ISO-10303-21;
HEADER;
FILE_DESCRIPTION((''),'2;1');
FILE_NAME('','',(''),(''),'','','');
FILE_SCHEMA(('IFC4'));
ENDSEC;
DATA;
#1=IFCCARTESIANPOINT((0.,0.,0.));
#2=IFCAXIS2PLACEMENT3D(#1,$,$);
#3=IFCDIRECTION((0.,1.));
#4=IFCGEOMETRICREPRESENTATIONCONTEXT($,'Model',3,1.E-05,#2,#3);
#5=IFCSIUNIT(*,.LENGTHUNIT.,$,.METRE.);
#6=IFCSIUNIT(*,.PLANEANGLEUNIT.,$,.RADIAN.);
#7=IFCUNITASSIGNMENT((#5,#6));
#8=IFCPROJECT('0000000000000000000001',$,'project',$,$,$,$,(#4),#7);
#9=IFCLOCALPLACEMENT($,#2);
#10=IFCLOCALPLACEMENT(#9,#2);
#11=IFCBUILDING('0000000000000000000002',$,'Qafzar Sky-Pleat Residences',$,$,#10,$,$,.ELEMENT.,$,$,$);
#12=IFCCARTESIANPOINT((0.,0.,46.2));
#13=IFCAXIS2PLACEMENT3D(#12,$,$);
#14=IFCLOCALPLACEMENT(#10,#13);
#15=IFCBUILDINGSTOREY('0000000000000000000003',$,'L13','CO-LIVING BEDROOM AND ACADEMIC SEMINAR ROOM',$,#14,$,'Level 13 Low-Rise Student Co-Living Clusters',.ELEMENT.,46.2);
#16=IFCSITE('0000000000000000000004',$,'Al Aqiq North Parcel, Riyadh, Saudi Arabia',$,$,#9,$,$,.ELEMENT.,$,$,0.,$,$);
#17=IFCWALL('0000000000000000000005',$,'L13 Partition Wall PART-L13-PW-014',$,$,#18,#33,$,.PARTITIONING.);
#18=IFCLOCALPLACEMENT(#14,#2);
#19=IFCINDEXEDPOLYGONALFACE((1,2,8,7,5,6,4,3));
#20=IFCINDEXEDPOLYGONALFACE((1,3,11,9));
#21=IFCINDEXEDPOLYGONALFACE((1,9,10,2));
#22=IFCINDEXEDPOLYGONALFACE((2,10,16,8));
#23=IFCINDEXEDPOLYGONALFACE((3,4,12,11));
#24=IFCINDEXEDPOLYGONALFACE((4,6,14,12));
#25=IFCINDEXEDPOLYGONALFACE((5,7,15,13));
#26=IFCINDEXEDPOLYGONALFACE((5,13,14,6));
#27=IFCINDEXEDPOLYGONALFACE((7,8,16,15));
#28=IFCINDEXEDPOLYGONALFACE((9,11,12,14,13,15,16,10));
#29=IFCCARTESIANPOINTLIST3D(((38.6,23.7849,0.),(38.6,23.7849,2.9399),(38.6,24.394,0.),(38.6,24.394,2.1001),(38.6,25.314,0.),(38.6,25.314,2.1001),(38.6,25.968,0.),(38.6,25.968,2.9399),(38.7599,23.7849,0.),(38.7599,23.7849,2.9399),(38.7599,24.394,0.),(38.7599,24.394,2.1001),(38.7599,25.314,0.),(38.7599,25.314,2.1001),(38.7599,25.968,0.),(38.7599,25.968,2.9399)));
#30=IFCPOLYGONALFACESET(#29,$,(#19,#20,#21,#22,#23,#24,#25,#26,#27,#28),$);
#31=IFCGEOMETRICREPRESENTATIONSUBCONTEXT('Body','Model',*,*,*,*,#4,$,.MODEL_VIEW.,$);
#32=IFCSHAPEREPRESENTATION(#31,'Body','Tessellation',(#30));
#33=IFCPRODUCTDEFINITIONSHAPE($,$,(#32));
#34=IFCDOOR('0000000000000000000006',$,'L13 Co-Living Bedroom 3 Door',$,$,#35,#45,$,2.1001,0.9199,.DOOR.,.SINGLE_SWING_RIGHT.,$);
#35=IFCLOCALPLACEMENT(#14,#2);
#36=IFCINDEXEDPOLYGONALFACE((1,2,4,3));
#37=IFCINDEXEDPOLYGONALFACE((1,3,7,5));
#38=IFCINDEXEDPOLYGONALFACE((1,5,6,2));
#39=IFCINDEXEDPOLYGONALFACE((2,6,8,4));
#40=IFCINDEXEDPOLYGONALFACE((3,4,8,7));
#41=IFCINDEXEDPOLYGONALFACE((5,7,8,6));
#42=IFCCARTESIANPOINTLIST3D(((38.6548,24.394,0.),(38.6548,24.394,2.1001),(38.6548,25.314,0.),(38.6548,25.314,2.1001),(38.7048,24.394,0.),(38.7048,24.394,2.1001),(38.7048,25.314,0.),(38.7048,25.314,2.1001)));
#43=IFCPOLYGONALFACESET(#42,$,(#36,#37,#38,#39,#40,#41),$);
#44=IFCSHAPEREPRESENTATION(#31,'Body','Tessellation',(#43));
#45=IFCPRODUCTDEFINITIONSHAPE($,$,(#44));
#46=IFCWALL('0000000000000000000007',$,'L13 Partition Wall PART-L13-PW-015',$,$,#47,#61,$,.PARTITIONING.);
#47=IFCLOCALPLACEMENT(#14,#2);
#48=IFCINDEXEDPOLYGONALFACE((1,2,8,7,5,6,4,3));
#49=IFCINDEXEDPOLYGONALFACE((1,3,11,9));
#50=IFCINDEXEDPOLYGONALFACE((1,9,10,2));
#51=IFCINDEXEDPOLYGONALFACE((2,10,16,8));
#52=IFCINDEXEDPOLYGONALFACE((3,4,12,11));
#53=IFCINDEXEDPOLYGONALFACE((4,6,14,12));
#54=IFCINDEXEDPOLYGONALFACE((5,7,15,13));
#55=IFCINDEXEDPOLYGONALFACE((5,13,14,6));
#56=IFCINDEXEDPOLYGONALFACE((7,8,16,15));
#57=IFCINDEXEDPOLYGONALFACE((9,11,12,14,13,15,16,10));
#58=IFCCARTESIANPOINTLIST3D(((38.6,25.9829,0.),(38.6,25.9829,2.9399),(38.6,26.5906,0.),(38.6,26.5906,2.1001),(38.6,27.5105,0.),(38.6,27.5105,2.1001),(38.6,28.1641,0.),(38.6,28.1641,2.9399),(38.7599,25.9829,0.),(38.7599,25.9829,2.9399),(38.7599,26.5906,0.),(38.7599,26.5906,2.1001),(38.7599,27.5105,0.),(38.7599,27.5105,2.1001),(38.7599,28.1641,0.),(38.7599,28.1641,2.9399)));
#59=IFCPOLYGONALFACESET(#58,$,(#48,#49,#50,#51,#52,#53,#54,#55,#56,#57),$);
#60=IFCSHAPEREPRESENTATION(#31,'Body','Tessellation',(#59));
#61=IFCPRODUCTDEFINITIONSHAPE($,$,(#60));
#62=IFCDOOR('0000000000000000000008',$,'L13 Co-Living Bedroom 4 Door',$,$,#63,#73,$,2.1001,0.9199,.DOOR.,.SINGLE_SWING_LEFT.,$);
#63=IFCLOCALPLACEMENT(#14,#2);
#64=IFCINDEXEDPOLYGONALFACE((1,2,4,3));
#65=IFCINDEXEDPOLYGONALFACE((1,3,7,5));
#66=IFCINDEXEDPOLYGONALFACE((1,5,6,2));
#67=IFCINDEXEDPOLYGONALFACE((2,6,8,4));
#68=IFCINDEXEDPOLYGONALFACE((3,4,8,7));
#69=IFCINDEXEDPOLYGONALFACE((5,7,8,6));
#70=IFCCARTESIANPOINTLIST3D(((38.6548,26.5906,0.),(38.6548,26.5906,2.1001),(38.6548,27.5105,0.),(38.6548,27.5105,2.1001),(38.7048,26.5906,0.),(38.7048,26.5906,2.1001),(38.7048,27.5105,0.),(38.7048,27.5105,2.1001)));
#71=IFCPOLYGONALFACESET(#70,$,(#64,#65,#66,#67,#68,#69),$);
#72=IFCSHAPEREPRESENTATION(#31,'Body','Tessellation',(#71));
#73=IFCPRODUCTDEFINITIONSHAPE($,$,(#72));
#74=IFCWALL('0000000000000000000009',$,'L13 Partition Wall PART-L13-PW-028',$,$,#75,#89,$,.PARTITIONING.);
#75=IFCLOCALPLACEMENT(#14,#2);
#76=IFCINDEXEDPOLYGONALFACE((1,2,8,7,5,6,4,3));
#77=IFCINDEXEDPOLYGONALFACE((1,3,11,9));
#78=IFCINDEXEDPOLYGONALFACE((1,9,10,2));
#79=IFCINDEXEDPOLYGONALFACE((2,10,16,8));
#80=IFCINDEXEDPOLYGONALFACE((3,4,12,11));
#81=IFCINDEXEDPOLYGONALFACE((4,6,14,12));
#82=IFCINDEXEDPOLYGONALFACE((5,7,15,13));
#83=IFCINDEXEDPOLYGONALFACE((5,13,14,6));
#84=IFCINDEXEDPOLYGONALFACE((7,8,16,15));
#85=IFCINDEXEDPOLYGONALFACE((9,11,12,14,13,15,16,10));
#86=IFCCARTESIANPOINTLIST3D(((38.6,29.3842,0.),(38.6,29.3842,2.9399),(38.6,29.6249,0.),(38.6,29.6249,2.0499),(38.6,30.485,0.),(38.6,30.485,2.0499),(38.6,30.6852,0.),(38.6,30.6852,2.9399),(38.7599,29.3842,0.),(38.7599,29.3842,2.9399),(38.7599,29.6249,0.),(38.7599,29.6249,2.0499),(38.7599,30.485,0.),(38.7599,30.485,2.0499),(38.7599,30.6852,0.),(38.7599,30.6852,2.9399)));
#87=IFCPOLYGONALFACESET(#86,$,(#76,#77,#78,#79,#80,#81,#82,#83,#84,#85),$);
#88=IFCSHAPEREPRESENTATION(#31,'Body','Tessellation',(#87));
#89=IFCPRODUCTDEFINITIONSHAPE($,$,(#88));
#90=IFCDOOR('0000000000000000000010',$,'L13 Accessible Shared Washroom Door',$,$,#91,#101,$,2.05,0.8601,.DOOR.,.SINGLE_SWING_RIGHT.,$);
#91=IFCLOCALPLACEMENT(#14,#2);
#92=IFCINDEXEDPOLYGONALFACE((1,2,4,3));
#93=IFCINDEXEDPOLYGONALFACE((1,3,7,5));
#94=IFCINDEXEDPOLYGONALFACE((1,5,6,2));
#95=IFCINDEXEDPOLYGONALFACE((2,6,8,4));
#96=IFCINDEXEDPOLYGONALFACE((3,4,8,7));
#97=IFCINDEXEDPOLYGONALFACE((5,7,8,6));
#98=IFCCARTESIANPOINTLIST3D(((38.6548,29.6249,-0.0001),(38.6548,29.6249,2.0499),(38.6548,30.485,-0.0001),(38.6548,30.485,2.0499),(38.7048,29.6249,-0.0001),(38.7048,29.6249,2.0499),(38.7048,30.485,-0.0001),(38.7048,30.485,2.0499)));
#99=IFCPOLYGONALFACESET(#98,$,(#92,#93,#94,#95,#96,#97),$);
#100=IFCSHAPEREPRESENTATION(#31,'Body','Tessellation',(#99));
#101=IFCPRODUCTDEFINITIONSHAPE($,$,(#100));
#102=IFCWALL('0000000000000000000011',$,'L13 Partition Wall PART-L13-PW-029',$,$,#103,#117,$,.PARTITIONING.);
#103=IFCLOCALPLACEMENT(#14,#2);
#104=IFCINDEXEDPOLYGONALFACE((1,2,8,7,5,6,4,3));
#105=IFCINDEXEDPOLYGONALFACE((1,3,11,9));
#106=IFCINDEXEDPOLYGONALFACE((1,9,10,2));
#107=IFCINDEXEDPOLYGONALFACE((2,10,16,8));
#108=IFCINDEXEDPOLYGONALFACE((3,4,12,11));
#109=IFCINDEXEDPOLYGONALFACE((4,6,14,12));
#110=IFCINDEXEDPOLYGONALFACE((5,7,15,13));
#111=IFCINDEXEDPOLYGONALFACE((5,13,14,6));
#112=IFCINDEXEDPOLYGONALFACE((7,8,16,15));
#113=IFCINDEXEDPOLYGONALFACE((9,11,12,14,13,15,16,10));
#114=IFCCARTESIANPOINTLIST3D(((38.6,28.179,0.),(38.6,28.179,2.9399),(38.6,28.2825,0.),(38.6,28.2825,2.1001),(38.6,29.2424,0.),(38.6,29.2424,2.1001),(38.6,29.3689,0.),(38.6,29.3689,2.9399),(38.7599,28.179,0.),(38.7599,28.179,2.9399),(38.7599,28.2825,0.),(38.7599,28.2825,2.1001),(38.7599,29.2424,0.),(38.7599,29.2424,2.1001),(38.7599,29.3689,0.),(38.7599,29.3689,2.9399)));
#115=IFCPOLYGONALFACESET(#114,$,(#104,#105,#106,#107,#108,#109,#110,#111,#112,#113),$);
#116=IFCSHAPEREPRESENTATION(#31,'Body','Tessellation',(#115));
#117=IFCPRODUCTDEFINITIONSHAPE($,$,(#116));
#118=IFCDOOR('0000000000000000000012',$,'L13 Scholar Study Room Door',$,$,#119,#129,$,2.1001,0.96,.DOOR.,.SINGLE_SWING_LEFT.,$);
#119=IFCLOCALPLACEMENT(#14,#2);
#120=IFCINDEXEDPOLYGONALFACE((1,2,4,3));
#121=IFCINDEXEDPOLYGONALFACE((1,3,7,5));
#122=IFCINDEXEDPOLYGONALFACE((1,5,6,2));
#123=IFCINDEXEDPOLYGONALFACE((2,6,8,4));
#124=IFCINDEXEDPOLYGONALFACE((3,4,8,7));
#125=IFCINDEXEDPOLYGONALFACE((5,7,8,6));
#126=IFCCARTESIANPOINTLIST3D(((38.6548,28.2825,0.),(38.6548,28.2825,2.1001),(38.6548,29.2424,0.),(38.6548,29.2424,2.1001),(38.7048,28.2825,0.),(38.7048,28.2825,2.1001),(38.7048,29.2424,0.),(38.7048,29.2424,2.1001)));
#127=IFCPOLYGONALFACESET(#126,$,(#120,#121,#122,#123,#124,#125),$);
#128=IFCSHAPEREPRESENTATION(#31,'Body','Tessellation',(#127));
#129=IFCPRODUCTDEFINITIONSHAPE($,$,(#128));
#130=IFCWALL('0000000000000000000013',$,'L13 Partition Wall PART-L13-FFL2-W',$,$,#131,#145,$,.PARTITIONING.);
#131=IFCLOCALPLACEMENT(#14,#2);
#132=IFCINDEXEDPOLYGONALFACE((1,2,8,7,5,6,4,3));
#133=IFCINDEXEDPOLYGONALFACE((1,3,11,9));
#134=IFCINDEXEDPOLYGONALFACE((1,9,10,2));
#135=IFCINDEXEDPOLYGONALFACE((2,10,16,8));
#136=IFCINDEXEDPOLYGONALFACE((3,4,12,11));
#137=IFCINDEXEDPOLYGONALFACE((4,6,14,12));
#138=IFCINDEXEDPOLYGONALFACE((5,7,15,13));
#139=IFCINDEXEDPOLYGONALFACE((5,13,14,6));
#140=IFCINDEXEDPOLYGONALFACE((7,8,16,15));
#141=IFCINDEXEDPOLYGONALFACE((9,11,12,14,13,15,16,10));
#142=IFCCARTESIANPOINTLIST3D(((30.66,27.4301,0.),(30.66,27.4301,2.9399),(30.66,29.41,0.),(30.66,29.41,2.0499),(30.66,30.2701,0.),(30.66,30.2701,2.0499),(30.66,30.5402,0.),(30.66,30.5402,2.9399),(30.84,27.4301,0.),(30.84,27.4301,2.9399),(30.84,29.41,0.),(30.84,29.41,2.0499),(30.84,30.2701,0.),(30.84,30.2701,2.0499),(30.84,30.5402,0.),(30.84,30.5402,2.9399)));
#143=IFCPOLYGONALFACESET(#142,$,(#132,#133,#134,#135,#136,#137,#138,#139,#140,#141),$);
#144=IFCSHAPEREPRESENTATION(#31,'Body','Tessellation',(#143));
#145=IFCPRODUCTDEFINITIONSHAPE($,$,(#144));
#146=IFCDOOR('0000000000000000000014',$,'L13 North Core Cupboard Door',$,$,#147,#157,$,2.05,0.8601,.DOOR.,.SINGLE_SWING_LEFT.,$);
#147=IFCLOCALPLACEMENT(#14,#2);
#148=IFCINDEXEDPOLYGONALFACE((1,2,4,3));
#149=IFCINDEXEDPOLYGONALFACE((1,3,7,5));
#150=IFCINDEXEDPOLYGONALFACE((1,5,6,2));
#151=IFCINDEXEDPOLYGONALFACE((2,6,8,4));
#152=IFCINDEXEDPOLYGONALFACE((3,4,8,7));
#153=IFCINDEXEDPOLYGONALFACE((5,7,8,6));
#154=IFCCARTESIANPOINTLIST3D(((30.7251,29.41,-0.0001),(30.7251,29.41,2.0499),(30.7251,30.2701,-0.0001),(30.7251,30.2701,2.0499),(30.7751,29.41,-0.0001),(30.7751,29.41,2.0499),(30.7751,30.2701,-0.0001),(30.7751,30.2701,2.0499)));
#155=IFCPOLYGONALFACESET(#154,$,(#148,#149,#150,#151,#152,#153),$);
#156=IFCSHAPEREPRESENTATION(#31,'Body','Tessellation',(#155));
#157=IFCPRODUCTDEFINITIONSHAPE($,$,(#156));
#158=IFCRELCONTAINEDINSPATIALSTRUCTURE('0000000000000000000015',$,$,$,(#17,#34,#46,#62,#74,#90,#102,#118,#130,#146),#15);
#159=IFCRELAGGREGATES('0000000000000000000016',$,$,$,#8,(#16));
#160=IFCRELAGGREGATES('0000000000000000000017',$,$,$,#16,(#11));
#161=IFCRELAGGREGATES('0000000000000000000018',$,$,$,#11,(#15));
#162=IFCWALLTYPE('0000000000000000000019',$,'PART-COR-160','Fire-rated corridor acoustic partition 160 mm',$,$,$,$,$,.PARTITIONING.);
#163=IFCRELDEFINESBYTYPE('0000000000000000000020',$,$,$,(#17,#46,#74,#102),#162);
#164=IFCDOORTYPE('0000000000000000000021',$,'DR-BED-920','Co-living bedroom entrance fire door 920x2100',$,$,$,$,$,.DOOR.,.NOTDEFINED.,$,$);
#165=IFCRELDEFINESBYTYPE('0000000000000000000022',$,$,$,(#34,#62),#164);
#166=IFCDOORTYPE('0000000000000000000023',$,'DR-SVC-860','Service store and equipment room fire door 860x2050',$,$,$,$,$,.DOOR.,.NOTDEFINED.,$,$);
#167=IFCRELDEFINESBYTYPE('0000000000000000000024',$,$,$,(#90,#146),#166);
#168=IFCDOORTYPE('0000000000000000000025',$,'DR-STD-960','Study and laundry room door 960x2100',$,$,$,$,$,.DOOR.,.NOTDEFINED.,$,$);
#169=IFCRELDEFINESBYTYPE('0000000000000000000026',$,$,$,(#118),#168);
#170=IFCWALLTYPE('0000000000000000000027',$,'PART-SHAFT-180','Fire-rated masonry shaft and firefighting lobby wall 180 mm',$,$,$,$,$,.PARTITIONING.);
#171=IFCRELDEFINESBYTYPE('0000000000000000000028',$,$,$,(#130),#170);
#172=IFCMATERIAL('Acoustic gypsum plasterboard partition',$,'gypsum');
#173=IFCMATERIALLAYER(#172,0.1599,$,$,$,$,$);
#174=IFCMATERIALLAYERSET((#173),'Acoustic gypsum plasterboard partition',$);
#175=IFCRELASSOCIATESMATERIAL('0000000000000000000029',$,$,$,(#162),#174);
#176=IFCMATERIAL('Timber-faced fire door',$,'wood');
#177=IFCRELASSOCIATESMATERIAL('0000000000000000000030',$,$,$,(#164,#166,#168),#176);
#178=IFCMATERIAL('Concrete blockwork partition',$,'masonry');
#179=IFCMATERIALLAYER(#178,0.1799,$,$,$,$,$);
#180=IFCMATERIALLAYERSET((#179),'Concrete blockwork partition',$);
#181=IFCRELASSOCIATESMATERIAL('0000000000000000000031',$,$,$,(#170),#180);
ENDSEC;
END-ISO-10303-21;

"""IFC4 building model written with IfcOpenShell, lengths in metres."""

from ifc_helpers import new_model, si_unit, direction, frame, frame_2d, origin, place, context, subcontext, project, spatial, rectangle, extrude, source, transform, mapped, material, layer, layer_set, type_object, element, fill, save


model = new_model("IFC4")

# Units and contexts
model_context = context("Model", 3, precision=1e-05, world=origin(), true_north=direction((0.0, 1.0)))
body_context = subcontext(model_context, "Body", "Model", "MODEL_VIEW")
ifc_project = project(units=[si_unit("LENGTHUNIT", "METRE"), si_unit("PLANEANGLEUNIT", "RADIAN")], contexts=[model_context])

# Site, building, storey
site_placement = place(None, origin())
site = spatial("IfcSite", under=ifc_project, at=site_placement, Name="Al Aqiq North Parcel, Riyadh, Saudi Arabia", CompositionType="ELEMENT", RefElevation=0.0)
building_placement = place(site_placement, origin())
building = spatial("IfcBuilding", under=site, at=building_placement, Name="Qafzar Sky-Pleat Residences", CompositionType="ELEMENT")
storey_placement = place(building_placement, frame((0.0, 0.0, 46.2)))
storey = spatial("IfcBuildingStorey", under=building, at=storey_placement, Name="L13", Description="CO-LIVING BEDROOM AND ACADEMIC SEMINAR ROOM", LongName="Level 13 Low-Rise Student Co-Living Clusters", CompositionType="ELEMENT", Elevation=46.2)

# Walls, openings, doors
ifc_material_1 = material(Name="Acoustic gypsum plasterboard partition", Category="gypsum")
ifc_layer_1 = layer(ifc_material_1, 0.1599)
ifc_layer_set_1 = layer_set([ifc_layer_1], Name="Acoustic gypsum plasterboard partition")
wall_type_1 = type_object("IfcWallType", Name="PART-COR-160", Description="Fire-rated corridor acoustic partition 160 mm", PredefinedType="PARTITIONING", material=ifc_layer_set_1)
wall_1_placement = place(storey_placement, frame((38.6799, 25.968, 0.0), z_axis=(0.0, 0.0, 1.0), x_axis=(0.0, -1.0, 0.0)))
wall_1 = element("IfcWall", 1, at=wall_1_placement, inside=storey, type_object=wall_type_1, Name="L13 Partition Wall PART-L13-PW-014", PredefinedType="PARTITIONING", context=body_context, shape_type="SweptSolid", body=[
    extrude(rectangle(XDim=2.1831, YDim=0.1599, at=frame_2d((1.0916, 0.0))), origin(), (0.0, 0.0, 1.0), 2.9399),
])
opening_1_placement = place(wall_1_placement, frame((0.6541, 0.0, 0.0)))
opening_1 = element("IfcOpeningElement", 2, at=opening_1_placement, cuts=wall_1, PredefinedType="OPENING", context=body_context, shape_type="SweptSolid", body=[
    extrude(rectangle(XDim=0.9199, YDim=2.1001, at=frame_2d((0.46, 1.05))), frame((0.0, 0.0898, 0.0), z_axis=(0.0, -1.0, 0.0), x_axis=(1.0, 0.0, 0.0)), (0.0, 0.0, 1.0), 0.1799),
])
ifc_material_2 = material(Name="Timber-faced fire door", Category="wood")
door_type_1 = type_object("IfcDoorType", Name="DR-BED-920", Description="Co-living bedroom entrance fire door 920x2100", OperationType="NOTDEFINED", PredefinedType="DOOR", material=ifc_material_2)
shared_shape_1 = source(origin(), body_context, "Body", "SweptSolid", [
    extrude(rectangle(XDim=0.9199, YDim=2.1001, at=frame_2d((0.46, 1.05))), frame((0.0, 0.0249, 0.0), z_axis=(0.0, -1.0, 0.0), x_axis=(1.0, 0.0, 0.0)), (0.0, 0.0, 1.0), 0.05),
])
door_1_placement = place(opening_1_placement, origin())
door_1 = element("IfcDoor", 3, at=door_1_placement, inside=storey, type_object=door_type_1, Name="L13 Co-Living Bedroom 3 Door", OperationType="SINGLE_SWING_RIGHT", OverallHeight=2.1001, OverallWidth=0.9199, PredefinedType="DOOR", context=body_context, shape_type="MappedRepresentation", body=[
    mapped(shared_shape_1, transform((0.0, 0.0, 0.0), x_axis=(1.0, 0.0, 0.0), y_axis=(0.0, 1.0, 0.0), z_axis=(0.0, 0.0, 1.0), scale=1.0)),
])
fill(opening_1, door_1)
wall_2_placement = place(storey_placement, frame((38.6799, 28.1641, 0.0), z_axis=(0.0, 0.0, 1.0), x_axis=(0.0, -1.0, 0.0)))
wall_2 = element("IfcWall", 4, at=wall_2_placement, inside=storey, type_object=wall_type_1, Name="L13 Partition Wall PART-L13-PW-015", PredefinedType="PARTITIONING", context=body_context, shape_type="SweptSolid", body=[
    extrude(rectangle(XDim=2.1812, YDim=0.1599, at=frame_2d((1.0906, 0.0))), origin(), (0.0, 0.0, 1.0), 2.9399),
])
opening_2_placement = place(wall_2_placement, frame((0.6536, 0.0, 0.0)))
opening_2 = element("IfcOpeningElement", 5, at=opening_2_placement, cuts=wall_2, PredefinedType="OPENING", context=body_context, shape_type="SweptSolid", body=[
    extrude(rectangle(XDim=0.9199, YDim=2.1001, at=frame_2d((0.46, 1.05))), frame((0.0, 0.0898, 0.0), z_axis=(0.0, -1.0, 0.0), x_axis=(1.0, 0.0, 0.0)), (0.0, 0.0, 1.0), 0.1799),
])
door_2_placement = place(opening_2_placement, origin())
door_2 = element("IfcDoor", 6, at=door_2_placement, inside=storey, type_object=door_type_1, Name="L13 Co-Living Bedroom 4 Door", OperationType="SINGLE_SWING_LEFT", OverallHeight=2.1001, OverallWidth=0.9199, PredefinedType="DOOR", context=body_context, shape_type="MappedRepresentation", body=[
    mapped(shared_shape_1, transform((0.0, 0.0, 0.0), x_axis=(1.0, 0.0, 0.0), y_axis=(0.0, 1.0, 0.0), z_axis=(0.0, 0.0, 1.0), scale=1.0)),
])
fill(opening_2, door_2)
wall_3_placement = place(storey_placement, frame((38.6799, 30.6851, 0.0), z_axis=(0.0, 0.0, 1.0), x_axis=(0.0, -1.0, 0.0)))
wall_3 = element("IfcWall", 7, at=wall_3_placement, inside=storey, type_object=wall_type_1, Name="L13 Partition Wall PART-L13-PW-028", PredefinedType="PARTITIONING", context=body_context, shape_type="SweptSolid", body=[
    extrude(rectangle(XDim=1.301, YDim=0.1599, at=frame_2d((0.6504, 0.0))), origin(), (0.0, 0.0, 1.0), 2.9399),
])
opening_3_placement = place(wall_3_placement, frame((0.2, 0.0, 0.0)))
opening_3 = element("IfcOpeningElement", 8, at=opening_3_placement, cuts=wall_3, PredefinedType="OPENING", context=body_context, shape_type="SweptSolid", body=[
    extrude(rectangle(XDim=0.8601, YDim=2.05, at=frame_2d((0.4302, 1.0249))), frame((0.0, 0.0898, 0.0), z_axis=(0.0, -1.0, 0.0), x_axis=(1.0, 0.0, 0.0)), (0.0, 0.0, 1.0), 0.1799),
])
door_type_2 = type_object("IfcDoorType", Name="DR-SVC-860", Description="Service store and equipment room fire door 860x2050", OperationType="NOTDEFINED", PredefinedType="DOOR", material=ifc_material_2)
shared_shape_2 = source(origin(), body_context, "Body", "SweptSolid", [
    extrude(rectangle(XDim=0.8601, YDim=2.05, at=frame_2d((0.4302, 1.0249))), frame((0.0, 0.0249, 0.0), z_axis=(0.0, -1.0, 0.0), x_axis=(1.0, 0.0, 0.0)), (0.0, 0.0, 1.0), 0.05),
])
door_3_placement = place(opening_3_placement, origin())
door_3 = element("IfcDoor", 9, at=door_3_placement, inside=storey, type_object=door_type_2, Name="L13 Accessible Shared Washroom Door", OperationType="SINGLE_SWING_RIGHT", OverallHeight=2.05, OverallWidth=0.8601, PredefinedType="DOOR", context=body_context, shape_type="MappedRepresentation", body=[
    mapped(shared_shape_2, transform((0.0, 0.0, 0.0), x_axis=(1.0, 0.0, 0.0), y_axis=(0.0, 1.0, 0.0), z_axis=(0.0, 0.0, 1.0), scale=1.0)),
])
fill(opening_3, door_3)
wall_4_placement = place(storey_placement, frame((38.6799, 29.3689, 0.0), z_axis=(0.0, 0.0, 1.0), x_axis=(0.0, -1.0, 0.0)))
wall_4 = element("IfcWall", 10, at=wall_4_placement, inside=storey, type_object=wall_type_1, Name="L13 Partition Wall PART-L13-PW-029", PredefinedType="PARTITIONING", context=body_context, shape_type="SweptSolid", body=[
    extrude(rectangle(XDim=1.1899, YDim=0.1599, at=frame_2d((0.595, 0.0))), origin(), (0.0, 0.0, 1.0), 2.9399),
])
opening_4_placement = place(wall_4_placement, frame((0.1265, 0.0, 0.0)))
opening_4 = element("IfcOpeningElement", 11, at=opening_4_placement, cuts=wall_4, PredefinedType="OPENING", context=body_context, shape_type="SweptSolid", body=[
    extrude(rectangle(XDim=0.96, YDim=2.1001, at=frame_2d((0.48, 1.05))), frame((0.0, 0.0898, 0.0), z_axis=(0.0, -1.0, 0.0), x_axis=(1.0, 0.0, 0.0)), (0.0, 0.0, 1.0), 0.1799),
])
door_type_3 = type_object("IfcDoorType", Name="DR-STD-960", Description="Study and laundry room door 960x2100", OperationType="NOTDEFINED", PredefinedType="DOOR", material=ifc_material_2)
shared_shape_3 = source(origin(), body_context, "Body", "SweptSolid", [
    extrude(rectangle(XDim=0.96, YDim=2.1001, at=frame_2d((0.48, 1.05))), frame((0.0, 0.0249, 0.0), z_axis=(0.0, -1.0, 0.0), x_axis=(1.0, 0.0, 0.0)), (0.0, 0.0, 1.0), 0.05),
])
door_4_placement = place(opening_4_placement, origin())
door_4 = element("IfcDoor", 12, at=door_4_placement, inside=storey, type_object=door_type_3, Name="L13 Scholar Study Room Door", OperationType="SINGLE_SWING_LEFT", OverallHeight=2.1001, OverallWidth=0.96, PredefinedType="DOOR", context=body_context, shape_type="MappedRepresentation", body=[
    mapped(shared_shape_3, transform((0.0, 0.0, 0.0), x_axis=(1.0, 0.0, 0.0), y_axis=(0.0, 1.0, 0.0), z_axis=(0.0, 0.0, 1.0), scale=1.0)),
])
fill(opening_4, door_4)
ifc_material_3 = material(Name="Concrete blockwork partition", Category="masonry")
ifc_layer_2 = layer(ifc_material_3, 0.1799)
ifc_layer_set_2 = layer_set([ifc_layer_2], Name="Concrete blockwork partition")
wall_type_2 = type_object("IfcWallType", Name="PART-SHAFT-180", Description="Fire-rated masonry shaft and firefighting lobby wall 180 mm", PredefinedType="PARTITIONING", material=ifc_layer_set_2)
wall_5_placement = place(storey_placement, frame((30.75, 27.4299, 0.0), z_axis=(0.0, 0.0, 1.0), x_axis=(0.0, 1.0, 0.0)))
wall_5 = element("IfcWall", 13, at=wall_5_placement, inside=storey, type_object=wall_type_2, Name="L13 Partition Wall PART-L13-FFL2-W", PredefinedType="PARTITIONING", context=body_context, shape_type="SweptSolid", body=[
    extrude(rectangle(XDim=3.1101, YDim=0.1799, at=frame_2d((1.5552, 0.0))), origin(), (0.0, 0.0, 1.0), 2.9399),
])
opening_5_placement = place(wall_5_placement, frame((1.98, 0.0, 0.0)))
opening_5 = element("IfcOpeningElement", 14, at=opening_5_placement, cuts=wall_5, PredefinedType="OPENING", context=body_context, shape_type="SweptSolid", body=[
    extrude(rectangle(XDim=0.8601, YDim=2.05, at=frame_2d((0.4302, 1.0249))), frame((0.0, 0.1001, 0.0), z_axis=(0.0, -1.0, 0.0), x_axis=(1.0, 0.0, 0.0)), (0.0, 0.0, 1.0), 0.2),
])
door_5_placement = place(opening_5_placement, origin())
door_5 = element("IfcDoor", 15, at=door_5_placement, inside=storey, type_object=door_type_2, Name="L13 North Core Cupboard Door", OperationType="SINGLE_SWING_LEFT", OverallHeight=2.05, OverallWidth=0.8601, PredefinedType="DOOR", context=body_context, shape_type="MappedRepresentation", body=[
    mapped(shared_shape_2, transform((0.0, 0.0, 0.0), x_axis=(1.0, 0.0, 0.0), y_axis=(0.0, 1.0, 0.0), z_axis=(0.0, 0.0, 1.0), scale=1.0)),
])
fill(opening_5, door_5)

save(model, "model.ifc")
